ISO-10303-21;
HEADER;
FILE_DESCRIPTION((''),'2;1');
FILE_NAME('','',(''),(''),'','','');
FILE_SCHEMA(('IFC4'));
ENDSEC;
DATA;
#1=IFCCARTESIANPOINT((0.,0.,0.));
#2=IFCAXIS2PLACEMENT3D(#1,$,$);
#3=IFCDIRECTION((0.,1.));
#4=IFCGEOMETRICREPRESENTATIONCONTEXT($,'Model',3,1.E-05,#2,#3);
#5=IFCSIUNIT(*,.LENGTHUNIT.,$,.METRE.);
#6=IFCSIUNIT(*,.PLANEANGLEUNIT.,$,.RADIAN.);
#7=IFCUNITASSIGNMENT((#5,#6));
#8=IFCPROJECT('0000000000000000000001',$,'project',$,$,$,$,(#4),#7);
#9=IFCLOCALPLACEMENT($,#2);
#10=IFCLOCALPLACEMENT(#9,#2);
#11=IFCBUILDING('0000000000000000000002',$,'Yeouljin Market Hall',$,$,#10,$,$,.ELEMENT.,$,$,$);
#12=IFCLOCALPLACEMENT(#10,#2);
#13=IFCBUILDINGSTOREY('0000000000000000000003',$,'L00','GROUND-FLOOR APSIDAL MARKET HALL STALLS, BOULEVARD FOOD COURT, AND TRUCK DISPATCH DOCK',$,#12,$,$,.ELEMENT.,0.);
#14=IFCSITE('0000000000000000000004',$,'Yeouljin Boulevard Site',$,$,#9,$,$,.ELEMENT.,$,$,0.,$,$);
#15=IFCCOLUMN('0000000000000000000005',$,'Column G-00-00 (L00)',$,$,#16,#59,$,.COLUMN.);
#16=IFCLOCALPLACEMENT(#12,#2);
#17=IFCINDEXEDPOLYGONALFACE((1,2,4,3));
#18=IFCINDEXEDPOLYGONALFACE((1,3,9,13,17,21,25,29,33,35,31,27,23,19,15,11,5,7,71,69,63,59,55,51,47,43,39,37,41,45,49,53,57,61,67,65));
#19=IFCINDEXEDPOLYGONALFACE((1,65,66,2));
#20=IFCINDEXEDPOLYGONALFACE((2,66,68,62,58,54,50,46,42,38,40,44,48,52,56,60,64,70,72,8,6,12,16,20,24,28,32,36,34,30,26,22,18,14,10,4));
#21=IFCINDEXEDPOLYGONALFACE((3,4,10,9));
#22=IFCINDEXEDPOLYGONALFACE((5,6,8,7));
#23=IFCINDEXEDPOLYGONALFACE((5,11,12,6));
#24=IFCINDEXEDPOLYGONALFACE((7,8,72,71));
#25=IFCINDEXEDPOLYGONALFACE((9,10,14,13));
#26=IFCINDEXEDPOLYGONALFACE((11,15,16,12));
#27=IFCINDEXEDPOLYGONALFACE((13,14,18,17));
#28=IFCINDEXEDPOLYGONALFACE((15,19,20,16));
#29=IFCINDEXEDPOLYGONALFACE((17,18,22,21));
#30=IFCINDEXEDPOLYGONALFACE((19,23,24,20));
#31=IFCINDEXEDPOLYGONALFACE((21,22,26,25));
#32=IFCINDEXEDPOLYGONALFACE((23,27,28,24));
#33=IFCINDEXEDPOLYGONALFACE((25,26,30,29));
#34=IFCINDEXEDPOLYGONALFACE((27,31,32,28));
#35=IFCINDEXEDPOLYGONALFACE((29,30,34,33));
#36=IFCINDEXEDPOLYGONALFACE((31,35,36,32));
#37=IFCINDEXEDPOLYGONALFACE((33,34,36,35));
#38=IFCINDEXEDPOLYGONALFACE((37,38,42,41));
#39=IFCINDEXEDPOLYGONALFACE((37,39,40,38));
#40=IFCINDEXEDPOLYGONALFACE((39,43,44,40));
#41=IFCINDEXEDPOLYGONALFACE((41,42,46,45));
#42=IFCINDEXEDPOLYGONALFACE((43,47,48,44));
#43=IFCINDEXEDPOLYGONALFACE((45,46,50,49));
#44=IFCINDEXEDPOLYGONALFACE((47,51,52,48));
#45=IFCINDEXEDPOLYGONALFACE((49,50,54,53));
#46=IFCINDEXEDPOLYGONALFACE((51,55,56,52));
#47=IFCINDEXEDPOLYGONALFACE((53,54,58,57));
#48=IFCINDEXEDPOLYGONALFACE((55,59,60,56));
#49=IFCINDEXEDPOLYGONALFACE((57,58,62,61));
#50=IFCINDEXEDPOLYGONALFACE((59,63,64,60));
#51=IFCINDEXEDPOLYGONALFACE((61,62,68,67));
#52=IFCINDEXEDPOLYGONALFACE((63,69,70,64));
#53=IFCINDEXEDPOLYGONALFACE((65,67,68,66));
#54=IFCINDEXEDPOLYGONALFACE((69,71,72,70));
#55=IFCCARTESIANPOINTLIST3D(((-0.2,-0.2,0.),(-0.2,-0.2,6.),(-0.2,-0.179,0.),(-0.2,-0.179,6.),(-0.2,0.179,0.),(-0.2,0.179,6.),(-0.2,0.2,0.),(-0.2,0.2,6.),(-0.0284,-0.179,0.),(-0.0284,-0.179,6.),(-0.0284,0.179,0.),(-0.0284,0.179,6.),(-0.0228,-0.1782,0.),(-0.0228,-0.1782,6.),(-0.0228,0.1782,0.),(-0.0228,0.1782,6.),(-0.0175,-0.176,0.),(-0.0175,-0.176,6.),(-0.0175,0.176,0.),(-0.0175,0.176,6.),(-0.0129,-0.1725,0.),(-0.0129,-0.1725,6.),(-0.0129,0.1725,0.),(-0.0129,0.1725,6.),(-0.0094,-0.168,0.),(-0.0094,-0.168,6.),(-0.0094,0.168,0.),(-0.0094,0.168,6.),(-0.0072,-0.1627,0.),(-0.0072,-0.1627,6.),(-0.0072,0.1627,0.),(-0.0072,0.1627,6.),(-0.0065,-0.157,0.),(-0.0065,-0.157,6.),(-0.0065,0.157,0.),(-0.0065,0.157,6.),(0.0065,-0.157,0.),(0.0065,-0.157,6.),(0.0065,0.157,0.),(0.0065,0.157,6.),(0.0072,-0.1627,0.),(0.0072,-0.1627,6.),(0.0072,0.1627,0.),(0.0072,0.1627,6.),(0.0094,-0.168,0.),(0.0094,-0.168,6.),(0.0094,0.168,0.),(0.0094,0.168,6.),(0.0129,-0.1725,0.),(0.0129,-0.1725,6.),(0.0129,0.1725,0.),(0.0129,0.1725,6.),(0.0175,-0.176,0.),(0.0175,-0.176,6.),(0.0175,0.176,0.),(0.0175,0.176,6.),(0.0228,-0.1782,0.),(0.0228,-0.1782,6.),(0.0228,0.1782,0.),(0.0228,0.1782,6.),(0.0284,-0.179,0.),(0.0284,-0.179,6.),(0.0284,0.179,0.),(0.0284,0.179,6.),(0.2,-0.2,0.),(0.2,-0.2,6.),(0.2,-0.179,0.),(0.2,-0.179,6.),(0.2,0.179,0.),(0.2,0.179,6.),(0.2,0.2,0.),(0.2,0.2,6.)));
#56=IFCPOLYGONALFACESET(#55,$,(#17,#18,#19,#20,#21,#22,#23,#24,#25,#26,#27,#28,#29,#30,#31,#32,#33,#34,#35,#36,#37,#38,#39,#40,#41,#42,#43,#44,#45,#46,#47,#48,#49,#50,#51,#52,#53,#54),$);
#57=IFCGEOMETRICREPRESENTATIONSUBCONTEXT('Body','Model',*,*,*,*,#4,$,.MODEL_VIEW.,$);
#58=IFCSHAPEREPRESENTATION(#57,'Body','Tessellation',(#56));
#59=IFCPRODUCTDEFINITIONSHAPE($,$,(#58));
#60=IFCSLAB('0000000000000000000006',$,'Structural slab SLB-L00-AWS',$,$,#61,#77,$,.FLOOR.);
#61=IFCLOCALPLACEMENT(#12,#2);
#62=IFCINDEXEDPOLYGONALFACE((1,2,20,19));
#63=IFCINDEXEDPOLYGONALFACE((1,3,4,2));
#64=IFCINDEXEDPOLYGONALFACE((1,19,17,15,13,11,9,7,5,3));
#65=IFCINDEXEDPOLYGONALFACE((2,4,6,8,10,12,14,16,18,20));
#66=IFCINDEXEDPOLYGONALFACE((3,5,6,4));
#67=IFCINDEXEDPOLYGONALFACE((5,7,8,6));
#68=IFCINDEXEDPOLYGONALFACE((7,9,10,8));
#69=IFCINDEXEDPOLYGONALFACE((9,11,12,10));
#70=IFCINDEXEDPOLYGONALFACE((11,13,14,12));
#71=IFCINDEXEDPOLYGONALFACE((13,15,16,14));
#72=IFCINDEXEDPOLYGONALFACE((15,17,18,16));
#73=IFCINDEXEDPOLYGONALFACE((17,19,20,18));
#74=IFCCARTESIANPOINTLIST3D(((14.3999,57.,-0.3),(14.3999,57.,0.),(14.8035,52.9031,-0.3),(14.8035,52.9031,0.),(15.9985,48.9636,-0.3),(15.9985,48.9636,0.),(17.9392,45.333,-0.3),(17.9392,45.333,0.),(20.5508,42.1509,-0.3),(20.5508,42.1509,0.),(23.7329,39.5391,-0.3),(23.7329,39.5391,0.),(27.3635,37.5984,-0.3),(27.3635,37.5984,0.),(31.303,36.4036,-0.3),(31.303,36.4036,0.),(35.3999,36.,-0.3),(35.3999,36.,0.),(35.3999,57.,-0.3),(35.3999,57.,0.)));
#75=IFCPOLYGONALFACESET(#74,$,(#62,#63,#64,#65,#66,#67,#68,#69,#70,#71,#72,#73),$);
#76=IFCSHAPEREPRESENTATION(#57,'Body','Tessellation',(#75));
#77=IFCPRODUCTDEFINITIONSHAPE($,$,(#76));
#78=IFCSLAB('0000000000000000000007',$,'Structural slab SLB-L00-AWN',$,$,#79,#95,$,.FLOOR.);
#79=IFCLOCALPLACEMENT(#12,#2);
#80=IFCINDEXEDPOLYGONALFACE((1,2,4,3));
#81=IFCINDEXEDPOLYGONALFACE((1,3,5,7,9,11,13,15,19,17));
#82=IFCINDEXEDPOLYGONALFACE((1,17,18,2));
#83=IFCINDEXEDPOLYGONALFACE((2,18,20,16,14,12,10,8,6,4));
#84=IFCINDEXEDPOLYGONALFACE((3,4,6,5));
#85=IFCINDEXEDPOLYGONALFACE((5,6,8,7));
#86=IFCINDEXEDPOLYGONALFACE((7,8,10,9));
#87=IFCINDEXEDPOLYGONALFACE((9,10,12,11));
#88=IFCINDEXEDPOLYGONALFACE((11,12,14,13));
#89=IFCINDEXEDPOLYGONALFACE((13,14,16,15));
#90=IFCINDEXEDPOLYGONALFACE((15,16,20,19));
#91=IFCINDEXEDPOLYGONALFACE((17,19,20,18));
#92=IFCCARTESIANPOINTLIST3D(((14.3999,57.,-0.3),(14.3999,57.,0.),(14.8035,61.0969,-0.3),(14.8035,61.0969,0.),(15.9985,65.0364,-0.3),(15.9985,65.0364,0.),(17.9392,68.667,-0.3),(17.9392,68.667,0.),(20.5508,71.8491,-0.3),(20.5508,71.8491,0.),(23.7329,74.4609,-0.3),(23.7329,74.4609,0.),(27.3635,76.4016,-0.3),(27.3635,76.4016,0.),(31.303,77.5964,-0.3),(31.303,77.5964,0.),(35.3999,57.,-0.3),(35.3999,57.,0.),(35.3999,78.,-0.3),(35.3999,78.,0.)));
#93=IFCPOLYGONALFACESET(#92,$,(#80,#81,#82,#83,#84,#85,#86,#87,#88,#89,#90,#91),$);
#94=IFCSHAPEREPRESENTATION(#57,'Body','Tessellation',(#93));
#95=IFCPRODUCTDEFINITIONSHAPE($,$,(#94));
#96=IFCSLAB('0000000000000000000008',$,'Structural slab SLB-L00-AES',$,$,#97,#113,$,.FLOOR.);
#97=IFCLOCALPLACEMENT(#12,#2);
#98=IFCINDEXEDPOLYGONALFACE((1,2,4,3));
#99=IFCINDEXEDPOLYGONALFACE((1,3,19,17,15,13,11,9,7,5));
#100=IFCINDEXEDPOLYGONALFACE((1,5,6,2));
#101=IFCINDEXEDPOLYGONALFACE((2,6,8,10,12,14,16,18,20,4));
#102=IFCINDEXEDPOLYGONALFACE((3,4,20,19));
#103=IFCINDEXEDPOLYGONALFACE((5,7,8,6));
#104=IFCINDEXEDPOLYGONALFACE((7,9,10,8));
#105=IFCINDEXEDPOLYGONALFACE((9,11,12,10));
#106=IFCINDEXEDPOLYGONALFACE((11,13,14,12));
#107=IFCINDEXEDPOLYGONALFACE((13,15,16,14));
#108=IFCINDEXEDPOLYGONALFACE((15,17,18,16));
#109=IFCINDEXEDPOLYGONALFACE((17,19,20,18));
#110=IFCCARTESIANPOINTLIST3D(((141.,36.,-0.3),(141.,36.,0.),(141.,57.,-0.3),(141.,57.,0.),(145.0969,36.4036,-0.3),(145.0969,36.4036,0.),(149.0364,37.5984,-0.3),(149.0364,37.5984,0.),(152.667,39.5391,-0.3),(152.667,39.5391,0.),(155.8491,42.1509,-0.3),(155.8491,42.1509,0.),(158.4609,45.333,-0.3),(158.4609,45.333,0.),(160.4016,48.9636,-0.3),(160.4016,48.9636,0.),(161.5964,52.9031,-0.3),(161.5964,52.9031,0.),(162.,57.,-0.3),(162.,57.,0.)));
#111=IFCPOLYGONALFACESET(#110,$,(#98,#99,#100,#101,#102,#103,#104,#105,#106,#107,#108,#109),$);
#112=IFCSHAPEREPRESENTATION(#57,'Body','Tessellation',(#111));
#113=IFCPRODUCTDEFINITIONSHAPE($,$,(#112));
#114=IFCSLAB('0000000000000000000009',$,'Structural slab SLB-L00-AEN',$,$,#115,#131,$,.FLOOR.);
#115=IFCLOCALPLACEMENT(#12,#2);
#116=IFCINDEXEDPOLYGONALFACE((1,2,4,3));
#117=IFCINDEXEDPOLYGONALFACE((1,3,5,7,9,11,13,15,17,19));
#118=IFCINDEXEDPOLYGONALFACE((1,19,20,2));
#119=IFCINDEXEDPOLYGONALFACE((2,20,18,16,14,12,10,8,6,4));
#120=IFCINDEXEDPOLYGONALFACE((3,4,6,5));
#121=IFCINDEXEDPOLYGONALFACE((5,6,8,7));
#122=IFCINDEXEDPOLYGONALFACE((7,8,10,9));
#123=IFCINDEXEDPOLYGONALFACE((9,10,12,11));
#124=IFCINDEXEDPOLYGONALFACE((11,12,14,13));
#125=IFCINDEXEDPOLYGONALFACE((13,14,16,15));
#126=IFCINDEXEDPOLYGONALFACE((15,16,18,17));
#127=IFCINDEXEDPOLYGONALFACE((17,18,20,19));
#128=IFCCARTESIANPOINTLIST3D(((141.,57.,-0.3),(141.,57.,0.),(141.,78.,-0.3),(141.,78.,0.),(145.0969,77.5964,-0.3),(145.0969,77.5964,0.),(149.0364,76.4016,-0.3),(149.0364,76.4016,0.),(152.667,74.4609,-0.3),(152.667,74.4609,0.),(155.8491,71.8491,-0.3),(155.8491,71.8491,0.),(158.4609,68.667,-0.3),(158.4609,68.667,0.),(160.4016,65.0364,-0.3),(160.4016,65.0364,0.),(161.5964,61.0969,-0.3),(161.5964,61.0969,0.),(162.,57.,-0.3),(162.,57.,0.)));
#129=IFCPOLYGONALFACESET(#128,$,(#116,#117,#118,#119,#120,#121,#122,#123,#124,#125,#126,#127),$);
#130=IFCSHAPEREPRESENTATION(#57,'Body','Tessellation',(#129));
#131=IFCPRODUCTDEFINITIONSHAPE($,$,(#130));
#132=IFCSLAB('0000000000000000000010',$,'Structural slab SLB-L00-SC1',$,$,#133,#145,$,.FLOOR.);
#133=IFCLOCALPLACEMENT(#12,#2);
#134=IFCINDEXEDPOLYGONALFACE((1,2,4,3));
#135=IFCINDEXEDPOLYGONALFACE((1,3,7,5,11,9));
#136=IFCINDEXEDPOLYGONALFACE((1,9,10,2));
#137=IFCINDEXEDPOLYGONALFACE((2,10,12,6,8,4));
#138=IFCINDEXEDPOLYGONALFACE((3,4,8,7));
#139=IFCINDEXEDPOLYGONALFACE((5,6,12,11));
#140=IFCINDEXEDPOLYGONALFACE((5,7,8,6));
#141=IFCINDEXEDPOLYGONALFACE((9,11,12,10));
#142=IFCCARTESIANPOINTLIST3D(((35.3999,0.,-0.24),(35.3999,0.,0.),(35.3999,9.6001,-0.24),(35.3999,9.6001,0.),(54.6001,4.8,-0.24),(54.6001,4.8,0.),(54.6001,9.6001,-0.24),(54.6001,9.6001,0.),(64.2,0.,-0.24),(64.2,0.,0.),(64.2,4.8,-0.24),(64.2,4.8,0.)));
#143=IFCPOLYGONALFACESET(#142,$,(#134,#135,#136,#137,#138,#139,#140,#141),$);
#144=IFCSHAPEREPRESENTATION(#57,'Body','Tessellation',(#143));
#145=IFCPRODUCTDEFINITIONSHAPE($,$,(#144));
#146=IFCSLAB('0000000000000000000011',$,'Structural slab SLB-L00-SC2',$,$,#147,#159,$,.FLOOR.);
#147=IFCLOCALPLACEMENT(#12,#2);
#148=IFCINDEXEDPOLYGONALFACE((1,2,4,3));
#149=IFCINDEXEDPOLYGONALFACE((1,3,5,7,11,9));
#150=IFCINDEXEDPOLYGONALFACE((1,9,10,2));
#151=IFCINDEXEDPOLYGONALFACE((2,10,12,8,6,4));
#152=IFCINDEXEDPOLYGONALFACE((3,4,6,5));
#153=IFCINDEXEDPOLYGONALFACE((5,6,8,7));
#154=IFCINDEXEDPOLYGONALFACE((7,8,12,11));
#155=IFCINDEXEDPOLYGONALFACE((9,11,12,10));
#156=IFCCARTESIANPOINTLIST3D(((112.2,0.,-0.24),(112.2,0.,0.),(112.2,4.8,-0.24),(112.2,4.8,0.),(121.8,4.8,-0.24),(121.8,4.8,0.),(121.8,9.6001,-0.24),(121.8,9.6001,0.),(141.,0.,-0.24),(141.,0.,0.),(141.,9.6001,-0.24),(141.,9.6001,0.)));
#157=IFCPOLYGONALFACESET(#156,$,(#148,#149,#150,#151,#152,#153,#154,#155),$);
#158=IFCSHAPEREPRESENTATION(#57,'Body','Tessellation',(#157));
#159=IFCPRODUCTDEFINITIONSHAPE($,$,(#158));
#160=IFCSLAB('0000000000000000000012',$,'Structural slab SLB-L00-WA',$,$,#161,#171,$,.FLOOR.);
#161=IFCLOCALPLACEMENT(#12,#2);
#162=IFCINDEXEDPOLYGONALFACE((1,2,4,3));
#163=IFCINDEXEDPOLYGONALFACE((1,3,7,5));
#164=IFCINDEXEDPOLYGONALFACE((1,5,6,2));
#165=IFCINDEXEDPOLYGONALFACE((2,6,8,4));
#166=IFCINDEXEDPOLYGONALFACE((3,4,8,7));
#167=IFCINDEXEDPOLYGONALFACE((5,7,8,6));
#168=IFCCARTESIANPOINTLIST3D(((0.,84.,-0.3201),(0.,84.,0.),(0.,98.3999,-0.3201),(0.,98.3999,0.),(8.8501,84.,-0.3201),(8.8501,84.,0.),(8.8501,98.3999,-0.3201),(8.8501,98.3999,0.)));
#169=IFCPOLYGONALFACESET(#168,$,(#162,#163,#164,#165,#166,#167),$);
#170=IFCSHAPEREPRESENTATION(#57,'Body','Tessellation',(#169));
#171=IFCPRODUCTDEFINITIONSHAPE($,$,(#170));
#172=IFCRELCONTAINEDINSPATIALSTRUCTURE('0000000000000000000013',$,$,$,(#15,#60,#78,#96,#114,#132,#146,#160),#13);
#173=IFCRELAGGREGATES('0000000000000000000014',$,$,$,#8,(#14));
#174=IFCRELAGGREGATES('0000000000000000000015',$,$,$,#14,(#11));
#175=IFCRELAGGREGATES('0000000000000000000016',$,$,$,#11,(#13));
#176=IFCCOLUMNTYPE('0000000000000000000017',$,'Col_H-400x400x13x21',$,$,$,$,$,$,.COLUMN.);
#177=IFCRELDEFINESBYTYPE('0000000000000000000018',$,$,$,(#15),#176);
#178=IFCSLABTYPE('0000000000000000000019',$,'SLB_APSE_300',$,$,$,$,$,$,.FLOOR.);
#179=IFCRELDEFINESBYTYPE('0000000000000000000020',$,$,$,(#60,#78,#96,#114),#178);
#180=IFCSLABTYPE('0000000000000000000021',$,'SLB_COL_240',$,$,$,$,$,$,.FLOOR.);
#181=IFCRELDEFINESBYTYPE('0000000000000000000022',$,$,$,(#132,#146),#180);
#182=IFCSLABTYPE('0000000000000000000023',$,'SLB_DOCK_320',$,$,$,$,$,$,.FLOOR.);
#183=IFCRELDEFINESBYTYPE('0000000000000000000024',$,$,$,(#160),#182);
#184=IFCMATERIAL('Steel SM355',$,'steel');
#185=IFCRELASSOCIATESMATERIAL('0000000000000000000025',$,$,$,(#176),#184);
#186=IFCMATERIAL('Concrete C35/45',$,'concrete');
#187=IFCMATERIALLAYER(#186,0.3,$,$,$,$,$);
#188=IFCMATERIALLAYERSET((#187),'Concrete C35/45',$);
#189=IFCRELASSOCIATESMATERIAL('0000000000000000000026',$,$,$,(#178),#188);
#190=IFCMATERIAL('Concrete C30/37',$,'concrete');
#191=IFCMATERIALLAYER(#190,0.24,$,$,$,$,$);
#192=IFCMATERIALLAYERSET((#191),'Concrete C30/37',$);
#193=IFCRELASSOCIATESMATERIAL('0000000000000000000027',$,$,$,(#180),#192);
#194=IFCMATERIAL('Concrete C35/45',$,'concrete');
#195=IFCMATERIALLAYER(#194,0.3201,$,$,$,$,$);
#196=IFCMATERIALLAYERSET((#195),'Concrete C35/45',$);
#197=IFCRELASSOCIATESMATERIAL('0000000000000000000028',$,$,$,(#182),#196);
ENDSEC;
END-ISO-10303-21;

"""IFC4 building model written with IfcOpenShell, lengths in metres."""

from ifc_helpers import new_model, si_unit, direction, frame, origin, origin_with_axes, origin_2d, place, context, subcontext, project, spatial, polyline, i_section, outline, extrude, material, layer, layer_set, material_profile, profile_set, type_object, element, save


model = new_model("IFC4")

# Units and contexts
model_context = context("Model", 3, precision=1e-05, world=origin(), true_north=direction((0.0, 1.0)))
body_context = subcontext(model_context, "Body", "Model", "MODEL_VIEW")
ifc_project = project(units=[si_unit("LENGTHUNIT", "METRE"), si_unit("PLANEANGLEUNIT", "RADIAN")], contexts=[model_context])

# Site, building, storey
site_placement = place(None, origin())
site = spatial("IfcSite", under=ifc_project, at=site_placement, Name="Yeouljin Boulevard Site", CompositionType="ELEMENT", RefElevation=0.0)
building_placement = place(site_placement, origin())
building = spatial("IfcBuilding", under=site, at=building_placement, Name="Yeouljin Market Hall", CompositionType="ELEMENT")
storey_placement = place(building_placement, origin())
storey = spatial("IfcBuildingStorey", under=building, at=storey_placement, Name="L00", Description="GROUND-FLOOR APSIDAL MARKET HALL STALLS, BOULEVARD FOOD COURT, AND TRUCK DISPATCH DOCK", CompositionType="ELEMENT", Elevation=0.0)

# Column
ifc_material_1 = material(Name="Steel SM355", Category="steel")
ifc_material_profile = material_profile(ifc_material_1, i_section(OverallWidth=0.3999, OverallDepth=0.3999, WebThickness=0.0129, FlangeThickness=0.021, FilletRadius=0.022, at=origin_2d()), Name="H-400x400x13x21")
ifc_profile_set = profile_set([ifc_material_profile], Name="Steel SM355")
column_type = type_object("IfcColumnType", Name="Col_H-400x400x13x21", PredefinedType="COLUMN", material=ifc_profile_set)
column_placement = place(storey_placement, origin_with_axes())
element("IfcColumn", 1, at=column_placement, inside=storey, type_object=column_type, Name="Column G-00-00 (L00)", PredefinedType="COLUMN", context=body_context, shape_type="SweptSolid", body=[
    extrude(i_section(OverallWidth=0.3999, OverallDepth=0.3999, WebThickness=0.0129, FlangeThickness=0.021, FilletRadius=0.022, at=origin_2d()), origin(), (0.0, 0.0, 1.0), 6.0),
])

# Slabs
ifc_material_2 = material(Name="Concrete C35/45", Category="concrete")
ifc_layer_1 = layer(ifc_material_2, 0.3)
ifc_layer_set_1 = layer_set([ifc_layer_1], Name="Concrete C35/45")
slab_type_1 = type_object("IfcSlabType", Name="SLB_APSE_300", PredefinedType="FLOOR", material=ifc_layer_set_1)
slab_1_placement = place(storey_placement, frame((0.0, 0.0, -0.3)))
element("IfcSlab", 2, at=slab_1_placement, inside=storey, type_object=slab_type_1, Name="Structural slab SLB-L00-AWS", PredefinedType="FLOOR", context=body_context, shape_type="SweptSolid", body=[
    extrude(outline(polyline([(35.3999, 57.0), (14.3999, 57.0), (14.8035, 52.9031), (15.9985, 48.9636), (17.9392, 45.333), (20.5508, 42.1509), (23.7329, 39.5391), (27.3635, 37.5984), (31.303, 36.4036), (35.3999, 36.0), (35.3999, 57.0)])), origin(), (0.0, 0.0, 1.0), 0.3),
])
slab_2_placement = place(storey_placement, frame((0.0, 0.0, -0.3)))
element("IfcSlab", 3, at=slab_2_placement, inside=storey, type_object=slab_type_1, Name="Structural slab SLB-L00-AWN", PredefinedType="FLOOR", context=body_context, shape_type="SweptSolid", body=[
    extrude(outline(polyline([(35.3999, 57.0), (35.3999, 78.0), (31.303, 77.5964), (27.3635, 76.4016), (23.7329, 74.4609), (20.5508, 71.8491), (17.9392, 68.667), (15.9985, 65.0364), (14.8035, 61.0969), (14.3999, 57.0), (35.3999, 57.0)])), origin(), (0.0, 0.0, 1.0), 0.3),
])
slab_3_placement = place(storey_placement, frame((0.0, 0.0, -0.3)))
element("IfcSlab", 4, at=slab_3_placement, inside=storey, type_object=slab_type_1, Name="Structural slab SLB-L00-AES", PredefinedType="FLOOR", context=body_context, shape_type="SweptSolid", body=[
    extrude(outline(polyline([(141.0, 57.0), (141.0, 36.0), (145.0969, 36.4036), (149.0364, 37.5984), (152.667, 39.5391), (155.8491, 42.1509), (158.4609, 45.333), (160.4016, 48.9636), (161.5964, 52.9031), (162.0, 57.0), (141.0, 57.0)])), origin(), (0.0, 0.0, 1.0), 0.3),
])
slab_4_placement = place(storey_placement, frame((0.0, 0.0, -0.3)))
element("IfcSlab", 5, at=slab_4_placement, inside=storey, type_object=slab_type_1, Name="Structural slab SLB-L00-AEN", PredefinedType="FLOOR", context=body_context, shape_type="SweptSolid", body=[
    extrude(outline(polyline([(141.0, 57.0), (162.0, 57.0), (161.5964, 61.0969), (160.4016, 65.0364), (158.4609, 68.667), (155.8491, 71.8491), (152.667, 74.4609), (149.0364, 76.4016), (145.0969, 77.5964), (141.0, 78.0), (141.0, 57.0)])), origin(), (0.0, 0.0, 1.0), 0.3),
])
ifc_material_3 = material(Name="Concrete C30/37", Category="concrete")
ifc_layer_2 = layer(ifc_material_3, 0.24)
ifc_layer_set_2 = layer_set([ifc_layer_2], Name="Concrete C30/37")
slab_type_2 = type_object("IfcSlabType", Name="SLB_COL_240", PredefinedType="FLOOR", material=ifc_layer_set_2)
slab_5_placement = place(storey_placement, frame((0.0, 0.0, -0.24)))
element("IfcSlab", 6, at=slab_5_placement, inside=storey, type_object=slab_type_2, Name="Structural slab SLB-L00-SC1", PredefinedType="FLOOR", context=body_context, shape_type="SweptSolid", body=[
    extrude(outline(polyline([(35.3999, 0.0), (64.2, 0.0), (64.2, 4.8), (54.6001, 4.8), (54.6001, 9.6001), (35.3999, 9.6001), (35.3999, 0.0)])), origin(), (0.0, 0.0, 1.0), 0.24),
])
slab_6_placement = place(storey_placement, frame((0.0, 0.0, -0.24)))
element("IfcSlab", 7, at=slab_6_placement, inside=storey, type_object=slab_type_2, Name="Structural slab SLB-L00-SC2", PredefinedType="FLOOR", context=body_context, shape_type="SweptSolid", body=[
    extrude(outline(polyline([(112.2, 0.0), (141.0, 0.0), (141.0, 9.6001), (121.8, 9.6001), (121.8, 4.8), (112.2, 4.8), (112.2, 0.0)])), origin(), (0.0, 0.0, 1.0), 0.24),
])
ifc_material_4 = material(Name="Concrete C35/45", Category="concrete")
ifc_layer_3 = layer(ifc_material_4, 0.3201)
ifc_layer_set_3 = layer_set([ifc_layer_3], Name="Concrete C35/45")
slab_type_3 = type_object("IfcSlabType", Name="SLB_DOCK_320", PredefinedType="FLOOR", material=ifc_layer_set_3)
slab_7_placement = place(storey_placement, frame((0.0, 0.0, -0.3201)))
element("IfcSlab", 8, at=slab_7_placement, inside=storey, type_object=slab_type_3, Name="Structural slab SLB-L00-WA", PredefinedType="FLOOR", context=body_context, shape_type="SweptSolid", body=[
    extrude(outline(polyline([(0.0, 84.0), (8.8501, 84.0), (8.8501, 98.3999), (0.0, 98.3999), (0.0, 84.0)])), origin(), (0.0, 0.0, 1.0), 0.3201),
])

save(model, "model.ifc")
